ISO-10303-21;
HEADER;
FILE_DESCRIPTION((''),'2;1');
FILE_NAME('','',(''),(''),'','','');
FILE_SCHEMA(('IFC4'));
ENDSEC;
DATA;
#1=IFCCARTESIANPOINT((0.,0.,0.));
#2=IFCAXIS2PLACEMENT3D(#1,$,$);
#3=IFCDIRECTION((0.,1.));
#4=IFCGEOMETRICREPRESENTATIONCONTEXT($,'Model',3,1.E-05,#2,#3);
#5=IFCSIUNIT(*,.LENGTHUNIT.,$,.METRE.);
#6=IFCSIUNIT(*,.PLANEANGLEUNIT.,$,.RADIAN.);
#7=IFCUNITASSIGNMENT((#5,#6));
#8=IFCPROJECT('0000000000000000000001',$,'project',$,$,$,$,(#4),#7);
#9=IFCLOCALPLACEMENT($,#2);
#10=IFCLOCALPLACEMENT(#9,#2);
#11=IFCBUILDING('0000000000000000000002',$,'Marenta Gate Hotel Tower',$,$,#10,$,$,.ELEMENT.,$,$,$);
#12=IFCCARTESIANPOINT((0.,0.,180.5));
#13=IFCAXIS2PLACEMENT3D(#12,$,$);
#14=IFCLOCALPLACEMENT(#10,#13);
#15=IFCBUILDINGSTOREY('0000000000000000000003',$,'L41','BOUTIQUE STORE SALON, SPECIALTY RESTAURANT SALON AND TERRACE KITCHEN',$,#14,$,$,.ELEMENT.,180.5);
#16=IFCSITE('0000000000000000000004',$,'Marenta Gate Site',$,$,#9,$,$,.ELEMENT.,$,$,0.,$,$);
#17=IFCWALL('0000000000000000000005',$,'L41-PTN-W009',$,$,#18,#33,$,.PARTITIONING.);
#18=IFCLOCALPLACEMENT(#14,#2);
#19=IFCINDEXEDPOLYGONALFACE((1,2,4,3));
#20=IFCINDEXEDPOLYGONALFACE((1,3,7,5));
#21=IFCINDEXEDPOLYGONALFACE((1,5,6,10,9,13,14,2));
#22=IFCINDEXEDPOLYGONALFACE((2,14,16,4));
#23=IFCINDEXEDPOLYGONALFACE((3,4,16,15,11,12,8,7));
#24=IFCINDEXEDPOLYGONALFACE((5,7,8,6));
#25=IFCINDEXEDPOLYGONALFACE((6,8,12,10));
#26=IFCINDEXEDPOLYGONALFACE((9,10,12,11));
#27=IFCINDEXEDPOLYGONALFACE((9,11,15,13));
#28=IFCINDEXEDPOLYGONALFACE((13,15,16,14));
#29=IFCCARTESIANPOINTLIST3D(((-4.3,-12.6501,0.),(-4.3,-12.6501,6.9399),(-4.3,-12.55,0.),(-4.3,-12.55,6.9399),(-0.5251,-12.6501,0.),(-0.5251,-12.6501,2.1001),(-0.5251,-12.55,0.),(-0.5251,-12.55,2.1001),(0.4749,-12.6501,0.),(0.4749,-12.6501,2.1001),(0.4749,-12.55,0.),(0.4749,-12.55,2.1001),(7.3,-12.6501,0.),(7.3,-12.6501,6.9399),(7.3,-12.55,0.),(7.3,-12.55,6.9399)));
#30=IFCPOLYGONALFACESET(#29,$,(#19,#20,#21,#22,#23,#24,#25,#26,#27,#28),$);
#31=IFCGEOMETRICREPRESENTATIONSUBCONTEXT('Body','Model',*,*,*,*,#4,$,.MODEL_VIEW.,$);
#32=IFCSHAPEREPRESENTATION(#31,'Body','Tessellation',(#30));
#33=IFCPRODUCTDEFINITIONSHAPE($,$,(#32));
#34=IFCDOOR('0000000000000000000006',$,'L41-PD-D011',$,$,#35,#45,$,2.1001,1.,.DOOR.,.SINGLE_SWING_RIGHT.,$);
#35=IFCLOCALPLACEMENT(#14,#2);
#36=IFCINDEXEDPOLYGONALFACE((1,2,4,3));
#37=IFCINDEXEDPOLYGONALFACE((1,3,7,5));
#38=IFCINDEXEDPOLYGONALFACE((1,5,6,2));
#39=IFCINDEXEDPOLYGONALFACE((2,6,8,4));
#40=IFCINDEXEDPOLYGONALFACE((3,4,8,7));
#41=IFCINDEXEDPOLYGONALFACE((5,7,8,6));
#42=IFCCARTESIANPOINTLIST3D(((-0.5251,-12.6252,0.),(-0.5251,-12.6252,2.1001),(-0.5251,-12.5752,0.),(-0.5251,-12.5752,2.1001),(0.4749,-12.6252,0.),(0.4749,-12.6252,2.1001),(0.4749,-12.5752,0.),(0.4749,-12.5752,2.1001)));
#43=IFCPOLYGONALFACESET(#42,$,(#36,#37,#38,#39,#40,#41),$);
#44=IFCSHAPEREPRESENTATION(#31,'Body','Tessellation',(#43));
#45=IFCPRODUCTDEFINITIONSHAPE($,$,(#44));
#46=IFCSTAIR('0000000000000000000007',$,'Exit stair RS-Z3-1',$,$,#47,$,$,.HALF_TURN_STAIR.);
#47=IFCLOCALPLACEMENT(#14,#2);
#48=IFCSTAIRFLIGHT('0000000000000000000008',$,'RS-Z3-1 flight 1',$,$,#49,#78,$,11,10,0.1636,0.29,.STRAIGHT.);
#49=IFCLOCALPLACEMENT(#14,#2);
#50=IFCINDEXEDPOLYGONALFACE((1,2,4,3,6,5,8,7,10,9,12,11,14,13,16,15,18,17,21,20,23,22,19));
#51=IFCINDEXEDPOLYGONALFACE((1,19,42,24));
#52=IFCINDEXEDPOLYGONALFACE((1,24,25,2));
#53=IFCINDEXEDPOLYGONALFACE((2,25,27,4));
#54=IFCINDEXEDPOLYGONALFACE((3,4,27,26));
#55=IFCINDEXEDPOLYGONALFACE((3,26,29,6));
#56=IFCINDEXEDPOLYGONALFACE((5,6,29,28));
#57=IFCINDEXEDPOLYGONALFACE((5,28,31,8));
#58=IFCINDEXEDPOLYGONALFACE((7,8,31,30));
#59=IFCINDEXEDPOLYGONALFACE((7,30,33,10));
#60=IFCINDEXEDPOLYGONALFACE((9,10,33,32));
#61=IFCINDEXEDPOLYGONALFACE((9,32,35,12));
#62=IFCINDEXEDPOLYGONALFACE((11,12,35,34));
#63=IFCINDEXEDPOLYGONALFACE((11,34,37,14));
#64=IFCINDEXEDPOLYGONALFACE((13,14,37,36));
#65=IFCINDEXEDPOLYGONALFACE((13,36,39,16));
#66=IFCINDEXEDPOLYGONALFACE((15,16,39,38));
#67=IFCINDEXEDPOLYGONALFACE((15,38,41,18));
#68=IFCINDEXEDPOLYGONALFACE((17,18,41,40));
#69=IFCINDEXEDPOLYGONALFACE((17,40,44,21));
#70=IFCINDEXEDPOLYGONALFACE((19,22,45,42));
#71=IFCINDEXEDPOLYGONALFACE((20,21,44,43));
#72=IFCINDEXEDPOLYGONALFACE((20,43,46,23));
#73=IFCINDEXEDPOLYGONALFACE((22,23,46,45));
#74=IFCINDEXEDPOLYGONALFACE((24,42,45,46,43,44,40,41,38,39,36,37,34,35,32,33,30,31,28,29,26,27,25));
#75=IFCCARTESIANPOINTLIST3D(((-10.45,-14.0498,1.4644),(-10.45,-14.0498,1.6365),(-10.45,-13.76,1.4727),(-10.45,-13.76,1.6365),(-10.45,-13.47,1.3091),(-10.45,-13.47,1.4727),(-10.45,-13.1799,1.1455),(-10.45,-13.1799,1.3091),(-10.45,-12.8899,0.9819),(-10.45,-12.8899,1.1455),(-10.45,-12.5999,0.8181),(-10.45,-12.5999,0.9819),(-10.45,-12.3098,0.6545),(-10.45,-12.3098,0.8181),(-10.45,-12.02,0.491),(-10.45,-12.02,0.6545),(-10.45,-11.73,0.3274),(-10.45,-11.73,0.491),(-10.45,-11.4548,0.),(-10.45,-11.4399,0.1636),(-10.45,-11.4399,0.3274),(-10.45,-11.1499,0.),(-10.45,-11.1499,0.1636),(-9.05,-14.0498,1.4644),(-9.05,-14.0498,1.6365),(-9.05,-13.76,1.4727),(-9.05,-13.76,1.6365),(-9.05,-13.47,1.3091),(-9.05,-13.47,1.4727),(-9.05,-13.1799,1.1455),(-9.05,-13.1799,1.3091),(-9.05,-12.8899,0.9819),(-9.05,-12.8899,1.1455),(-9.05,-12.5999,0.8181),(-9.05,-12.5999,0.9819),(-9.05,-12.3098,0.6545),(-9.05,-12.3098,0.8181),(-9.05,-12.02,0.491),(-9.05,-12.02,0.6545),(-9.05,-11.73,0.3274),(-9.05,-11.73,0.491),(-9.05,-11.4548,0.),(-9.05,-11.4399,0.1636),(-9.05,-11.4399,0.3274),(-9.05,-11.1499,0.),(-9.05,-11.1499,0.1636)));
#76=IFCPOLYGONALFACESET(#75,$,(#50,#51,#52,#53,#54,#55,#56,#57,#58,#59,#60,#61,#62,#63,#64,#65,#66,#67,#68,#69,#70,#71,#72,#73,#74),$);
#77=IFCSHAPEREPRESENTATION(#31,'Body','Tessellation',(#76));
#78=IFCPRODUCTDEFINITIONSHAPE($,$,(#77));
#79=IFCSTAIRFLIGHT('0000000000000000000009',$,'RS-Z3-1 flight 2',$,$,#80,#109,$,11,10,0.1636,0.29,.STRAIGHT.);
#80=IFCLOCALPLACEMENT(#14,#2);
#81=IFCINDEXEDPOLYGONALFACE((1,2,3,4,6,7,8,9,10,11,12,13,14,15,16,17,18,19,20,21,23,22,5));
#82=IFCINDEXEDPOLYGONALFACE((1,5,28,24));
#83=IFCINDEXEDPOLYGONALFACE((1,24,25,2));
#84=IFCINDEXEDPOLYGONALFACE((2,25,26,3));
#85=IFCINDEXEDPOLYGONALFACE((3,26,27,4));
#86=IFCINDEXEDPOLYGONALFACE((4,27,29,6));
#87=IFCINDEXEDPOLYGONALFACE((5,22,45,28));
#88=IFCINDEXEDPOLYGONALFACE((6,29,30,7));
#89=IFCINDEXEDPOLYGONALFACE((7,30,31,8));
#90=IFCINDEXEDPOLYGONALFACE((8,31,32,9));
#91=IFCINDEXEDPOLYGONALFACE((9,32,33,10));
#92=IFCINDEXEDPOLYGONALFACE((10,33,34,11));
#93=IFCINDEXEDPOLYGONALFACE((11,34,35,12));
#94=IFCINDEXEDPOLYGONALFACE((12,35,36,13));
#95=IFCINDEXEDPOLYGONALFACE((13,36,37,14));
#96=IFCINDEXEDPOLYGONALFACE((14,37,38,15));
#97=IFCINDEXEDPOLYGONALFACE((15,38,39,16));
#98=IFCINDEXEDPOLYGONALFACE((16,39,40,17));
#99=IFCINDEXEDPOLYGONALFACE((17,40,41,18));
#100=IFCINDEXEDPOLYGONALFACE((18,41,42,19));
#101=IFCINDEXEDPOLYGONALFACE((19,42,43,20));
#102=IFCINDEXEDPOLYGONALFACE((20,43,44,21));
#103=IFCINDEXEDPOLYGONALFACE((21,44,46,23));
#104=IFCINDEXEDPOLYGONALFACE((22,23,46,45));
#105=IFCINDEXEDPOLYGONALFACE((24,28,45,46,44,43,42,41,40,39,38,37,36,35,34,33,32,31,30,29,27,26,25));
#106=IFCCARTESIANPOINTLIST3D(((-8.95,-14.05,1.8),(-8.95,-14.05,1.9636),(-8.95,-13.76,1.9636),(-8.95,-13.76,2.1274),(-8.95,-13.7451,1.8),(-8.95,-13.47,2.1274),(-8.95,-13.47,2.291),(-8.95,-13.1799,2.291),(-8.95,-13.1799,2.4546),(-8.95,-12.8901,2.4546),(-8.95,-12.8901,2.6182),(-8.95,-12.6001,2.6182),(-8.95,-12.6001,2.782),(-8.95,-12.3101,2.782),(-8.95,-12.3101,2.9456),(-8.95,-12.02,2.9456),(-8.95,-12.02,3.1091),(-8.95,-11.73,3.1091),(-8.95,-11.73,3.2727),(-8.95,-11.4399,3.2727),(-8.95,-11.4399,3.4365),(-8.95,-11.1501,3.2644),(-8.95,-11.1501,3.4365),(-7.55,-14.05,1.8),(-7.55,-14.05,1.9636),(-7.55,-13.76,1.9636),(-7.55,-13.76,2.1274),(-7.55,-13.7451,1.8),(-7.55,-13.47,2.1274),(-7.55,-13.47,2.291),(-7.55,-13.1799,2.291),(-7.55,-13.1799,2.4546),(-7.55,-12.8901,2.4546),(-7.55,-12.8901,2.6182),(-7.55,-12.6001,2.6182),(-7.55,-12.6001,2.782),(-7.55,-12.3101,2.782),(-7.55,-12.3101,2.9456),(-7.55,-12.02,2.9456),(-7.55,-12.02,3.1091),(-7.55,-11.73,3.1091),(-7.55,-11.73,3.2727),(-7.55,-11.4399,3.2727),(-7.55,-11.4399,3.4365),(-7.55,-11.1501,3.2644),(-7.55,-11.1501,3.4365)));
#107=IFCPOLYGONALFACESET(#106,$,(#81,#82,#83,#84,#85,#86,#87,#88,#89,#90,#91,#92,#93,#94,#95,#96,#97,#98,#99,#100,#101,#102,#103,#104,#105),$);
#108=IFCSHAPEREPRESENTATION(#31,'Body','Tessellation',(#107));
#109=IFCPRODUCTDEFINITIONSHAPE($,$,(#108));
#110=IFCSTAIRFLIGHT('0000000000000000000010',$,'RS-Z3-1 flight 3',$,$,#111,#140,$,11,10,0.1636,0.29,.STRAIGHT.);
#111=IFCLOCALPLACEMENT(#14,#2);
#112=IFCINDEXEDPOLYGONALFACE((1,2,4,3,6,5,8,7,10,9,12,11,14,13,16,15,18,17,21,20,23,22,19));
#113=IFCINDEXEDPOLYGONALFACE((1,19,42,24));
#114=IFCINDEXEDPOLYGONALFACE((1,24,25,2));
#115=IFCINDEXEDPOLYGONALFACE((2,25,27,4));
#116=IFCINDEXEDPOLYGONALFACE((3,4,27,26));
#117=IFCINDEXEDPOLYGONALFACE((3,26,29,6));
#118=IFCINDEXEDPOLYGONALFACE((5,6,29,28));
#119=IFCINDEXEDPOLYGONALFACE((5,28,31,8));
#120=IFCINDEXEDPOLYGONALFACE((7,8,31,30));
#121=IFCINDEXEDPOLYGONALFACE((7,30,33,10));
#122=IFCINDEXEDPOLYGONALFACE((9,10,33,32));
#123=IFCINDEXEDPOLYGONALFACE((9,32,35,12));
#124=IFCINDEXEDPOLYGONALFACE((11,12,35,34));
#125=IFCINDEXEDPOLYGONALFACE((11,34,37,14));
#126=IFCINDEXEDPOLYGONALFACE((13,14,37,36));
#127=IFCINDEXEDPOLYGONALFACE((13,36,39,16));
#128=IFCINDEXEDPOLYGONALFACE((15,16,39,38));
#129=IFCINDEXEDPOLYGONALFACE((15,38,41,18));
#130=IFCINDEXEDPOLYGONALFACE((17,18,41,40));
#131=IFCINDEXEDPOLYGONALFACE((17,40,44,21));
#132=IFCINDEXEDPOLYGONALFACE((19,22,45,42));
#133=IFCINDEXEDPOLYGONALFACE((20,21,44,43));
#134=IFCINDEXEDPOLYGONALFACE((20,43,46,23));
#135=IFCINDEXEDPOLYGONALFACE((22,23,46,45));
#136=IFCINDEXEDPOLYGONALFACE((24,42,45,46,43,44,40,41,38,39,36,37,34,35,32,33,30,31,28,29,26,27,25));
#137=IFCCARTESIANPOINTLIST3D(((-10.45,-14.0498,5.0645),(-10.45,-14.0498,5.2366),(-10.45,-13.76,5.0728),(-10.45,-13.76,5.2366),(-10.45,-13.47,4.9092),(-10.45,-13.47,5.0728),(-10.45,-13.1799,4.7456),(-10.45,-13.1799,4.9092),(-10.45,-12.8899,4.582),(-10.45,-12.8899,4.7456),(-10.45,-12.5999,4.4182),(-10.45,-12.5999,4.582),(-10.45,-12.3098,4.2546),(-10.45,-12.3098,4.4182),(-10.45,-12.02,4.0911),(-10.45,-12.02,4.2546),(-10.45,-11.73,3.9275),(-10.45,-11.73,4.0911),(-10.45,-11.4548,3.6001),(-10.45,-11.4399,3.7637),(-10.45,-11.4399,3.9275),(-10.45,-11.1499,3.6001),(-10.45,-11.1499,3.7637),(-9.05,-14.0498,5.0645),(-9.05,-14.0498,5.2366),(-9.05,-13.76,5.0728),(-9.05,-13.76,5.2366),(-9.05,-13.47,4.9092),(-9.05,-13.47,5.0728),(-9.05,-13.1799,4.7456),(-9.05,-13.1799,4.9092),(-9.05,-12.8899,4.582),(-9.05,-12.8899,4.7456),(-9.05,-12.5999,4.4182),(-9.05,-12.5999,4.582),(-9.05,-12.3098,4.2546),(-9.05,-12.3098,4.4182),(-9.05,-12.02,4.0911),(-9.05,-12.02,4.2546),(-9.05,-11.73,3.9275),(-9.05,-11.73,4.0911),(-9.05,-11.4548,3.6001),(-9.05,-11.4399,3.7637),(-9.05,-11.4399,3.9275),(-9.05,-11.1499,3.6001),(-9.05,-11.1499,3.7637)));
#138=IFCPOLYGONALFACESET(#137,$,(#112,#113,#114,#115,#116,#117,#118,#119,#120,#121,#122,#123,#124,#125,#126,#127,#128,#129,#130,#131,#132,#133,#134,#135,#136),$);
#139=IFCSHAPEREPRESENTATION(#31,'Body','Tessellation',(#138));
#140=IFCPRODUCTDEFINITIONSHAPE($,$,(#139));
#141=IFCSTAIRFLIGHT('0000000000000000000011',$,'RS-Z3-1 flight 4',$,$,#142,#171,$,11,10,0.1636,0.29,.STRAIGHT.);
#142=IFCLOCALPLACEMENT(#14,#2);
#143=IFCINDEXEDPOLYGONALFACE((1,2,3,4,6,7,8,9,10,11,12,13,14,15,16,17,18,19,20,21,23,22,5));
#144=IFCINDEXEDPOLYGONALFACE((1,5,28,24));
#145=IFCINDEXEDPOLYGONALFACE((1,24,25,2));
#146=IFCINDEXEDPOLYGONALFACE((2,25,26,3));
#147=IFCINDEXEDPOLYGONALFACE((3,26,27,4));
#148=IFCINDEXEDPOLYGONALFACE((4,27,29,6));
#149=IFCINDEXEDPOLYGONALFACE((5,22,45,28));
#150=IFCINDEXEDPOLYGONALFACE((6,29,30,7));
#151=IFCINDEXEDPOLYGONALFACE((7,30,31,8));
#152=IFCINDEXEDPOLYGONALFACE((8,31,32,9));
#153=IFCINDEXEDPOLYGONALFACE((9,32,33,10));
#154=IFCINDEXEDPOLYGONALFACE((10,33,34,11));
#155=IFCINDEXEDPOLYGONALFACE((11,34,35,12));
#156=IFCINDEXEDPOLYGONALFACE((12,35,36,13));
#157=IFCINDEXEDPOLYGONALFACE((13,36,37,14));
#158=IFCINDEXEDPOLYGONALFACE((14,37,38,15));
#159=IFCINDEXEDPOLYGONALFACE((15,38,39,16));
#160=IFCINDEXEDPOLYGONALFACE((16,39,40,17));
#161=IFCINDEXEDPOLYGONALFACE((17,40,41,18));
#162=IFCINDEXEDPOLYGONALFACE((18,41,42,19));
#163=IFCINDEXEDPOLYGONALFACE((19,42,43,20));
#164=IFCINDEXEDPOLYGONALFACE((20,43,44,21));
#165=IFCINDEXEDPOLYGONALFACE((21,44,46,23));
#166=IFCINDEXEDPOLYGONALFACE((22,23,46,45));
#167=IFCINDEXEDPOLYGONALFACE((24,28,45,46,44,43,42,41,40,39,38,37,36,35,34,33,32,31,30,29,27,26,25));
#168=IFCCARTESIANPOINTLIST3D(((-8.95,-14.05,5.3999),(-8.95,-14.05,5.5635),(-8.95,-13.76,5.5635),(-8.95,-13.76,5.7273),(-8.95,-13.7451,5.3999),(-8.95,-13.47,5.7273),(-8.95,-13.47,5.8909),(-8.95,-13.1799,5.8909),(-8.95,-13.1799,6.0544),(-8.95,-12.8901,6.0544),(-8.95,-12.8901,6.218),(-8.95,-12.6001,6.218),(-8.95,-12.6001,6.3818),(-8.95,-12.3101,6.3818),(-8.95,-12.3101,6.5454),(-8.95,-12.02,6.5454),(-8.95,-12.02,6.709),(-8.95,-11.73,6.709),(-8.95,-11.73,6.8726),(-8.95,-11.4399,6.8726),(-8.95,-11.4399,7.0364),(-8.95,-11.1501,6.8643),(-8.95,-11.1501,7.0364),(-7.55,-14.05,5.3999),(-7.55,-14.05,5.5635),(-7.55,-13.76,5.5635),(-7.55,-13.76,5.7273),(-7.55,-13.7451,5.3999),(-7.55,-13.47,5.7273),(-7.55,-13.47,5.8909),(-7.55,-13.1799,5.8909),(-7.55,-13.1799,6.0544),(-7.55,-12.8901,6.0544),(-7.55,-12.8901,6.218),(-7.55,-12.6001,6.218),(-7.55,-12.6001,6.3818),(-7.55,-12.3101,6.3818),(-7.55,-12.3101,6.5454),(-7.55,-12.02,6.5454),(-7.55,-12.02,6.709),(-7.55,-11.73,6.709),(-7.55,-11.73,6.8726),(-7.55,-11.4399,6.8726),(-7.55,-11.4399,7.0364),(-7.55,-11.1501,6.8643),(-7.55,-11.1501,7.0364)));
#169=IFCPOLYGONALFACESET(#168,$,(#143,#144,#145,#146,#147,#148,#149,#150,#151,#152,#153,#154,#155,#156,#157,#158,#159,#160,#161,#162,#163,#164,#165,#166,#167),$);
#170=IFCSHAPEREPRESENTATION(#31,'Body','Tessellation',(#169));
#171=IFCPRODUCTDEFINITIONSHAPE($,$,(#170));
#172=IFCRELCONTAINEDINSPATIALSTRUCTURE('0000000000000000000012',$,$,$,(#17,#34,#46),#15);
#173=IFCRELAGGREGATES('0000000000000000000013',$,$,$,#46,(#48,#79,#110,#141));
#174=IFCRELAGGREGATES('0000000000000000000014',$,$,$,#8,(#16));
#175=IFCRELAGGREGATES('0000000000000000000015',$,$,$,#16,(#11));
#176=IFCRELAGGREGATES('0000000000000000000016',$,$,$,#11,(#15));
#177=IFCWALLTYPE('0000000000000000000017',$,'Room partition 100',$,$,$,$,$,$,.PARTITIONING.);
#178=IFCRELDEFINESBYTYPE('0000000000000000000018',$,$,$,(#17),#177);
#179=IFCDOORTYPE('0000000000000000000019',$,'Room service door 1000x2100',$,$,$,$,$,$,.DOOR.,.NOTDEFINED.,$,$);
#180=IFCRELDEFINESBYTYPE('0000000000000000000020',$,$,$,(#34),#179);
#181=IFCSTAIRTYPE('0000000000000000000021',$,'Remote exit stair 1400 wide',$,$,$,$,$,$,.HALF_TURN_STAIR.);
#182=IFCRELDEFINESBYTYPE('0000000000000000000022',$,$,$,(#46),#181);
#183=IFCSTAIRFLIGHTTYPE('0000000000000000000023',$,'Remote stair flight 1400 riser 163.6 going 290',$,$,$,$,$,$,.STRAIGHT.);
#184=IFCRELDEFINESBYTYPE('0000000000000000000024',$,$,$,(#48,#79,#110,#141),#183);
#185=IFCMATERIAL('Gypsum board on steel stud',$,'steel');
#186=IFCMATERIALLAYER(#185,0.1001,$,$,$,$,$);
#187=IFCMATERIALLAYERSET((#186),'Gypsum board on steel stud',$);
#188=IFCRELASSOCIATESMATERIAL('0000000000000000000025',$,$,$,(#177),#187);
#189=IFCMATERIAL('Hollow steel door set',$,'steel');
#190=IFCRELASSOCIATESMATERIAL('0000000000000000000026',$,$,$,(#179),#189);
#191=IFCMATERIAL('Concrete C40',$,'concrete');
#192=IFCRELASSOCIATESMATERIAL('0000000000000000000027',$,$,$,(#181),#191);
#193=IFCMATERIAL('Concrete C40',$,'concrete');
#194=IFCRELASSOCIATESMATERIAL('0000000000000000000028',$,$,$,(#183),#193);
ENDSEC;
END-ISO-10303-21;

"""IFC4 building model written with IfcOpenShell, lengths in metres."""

from ifc_helpers import new_model, si_unit, direction, frame, frame_2d, origin, place, context, subcontext, project, spatial, polyline, rectangle, outline, extrude, material, layer, layer_set, type_object, element, fill, aggregate, save


model = new_model("IFC4")

# Units and contexts
model_context = context("Model", 3, precision=1e-05, world=origin(), true_north=direction((0.0, 1.0)))
body_context = subcontext(model_context, "Body", "Model", "MODEL_VIEW")
ifc_project = project(units=[si_unit("LENGTHUNIT", "METRE"), si_unit("PLANEANGLEUNIT", "RADIAN")], contexts=[model_context])

# Site, building, storey
site_placement = place(None, origin())
site = spatial("IfcSite", under=ifc_project, at=site_placement, Name="Marenta Gate Site", CompositionType="ELEMENT", RefElevation=0.0)
building_placement = place(site_placement, origin())
building = spatial("IfcBuilding", under=site, at=building_placement, Name="Marenta Gate Hotel Tower", CompositionType="ELEMENT")
storey_placement = place(building_placement, frame((0.0, 0.0, 180.5)))
storey = spatial("IfcBuildingStorey", under=building, at=storey_placement, Name="L41", Description="BOUTIQUE STORE SALON, SPECIALTY RESTAURANT SALON AND TERRACE KITCHEN", CompositionType="ELEMENT", Elevation=180.5)

# Wall, opening, door
ifc_material_1 = material(Name="Gypsum board on steel stud", Category="steel")
ifc_layer_1 = layer(ifc_material_1, 0.1001)
ifc_layer_set_1 = layer_set([ifc_layer_1], Name="Gypsum board on steel stud")
wall_type_1 = type_object("IfcWallType", Name="Room partition 100", PredefinedType="PARTITIONING", material=ifc_layer_set_1)
wall_placement = place(storey_placement, frame((-4.3, -12.6001, 0.0), z_axis=(0.0, 0.0, 1.0), x_axis=(1.0, 0.0, 0.0)))
wall = element("IfcWall", 1, at=wall_placement, inside=storey, type_object=wall_type_1, Name="L41-PTN-W009", PredefinedType="PARTITIONING", context=body_context, shape_type="SweptSolid", body=[
    extrude(rectangle(XDim=11.6001, YDim=0.1001, at=frame_2d((5.8, 0.0))), origin(), (0.0, 0.0, 1.0), 6.9399),
])
opening_placement = place(wall_placement, frame((3.7749, 0.0, 0.0)))
opening = element("IfcOpeningElement", 2, at=opening_placement, cuts=wall, PredefinedType="OPENING", context=body_context, shape_type="SweptSolid", body=[
    extrude(rectangle(XDim=1.0, YDim=2.1001, at=frame_2d((0.5, 1.05))), frame((0.0, 0.05, 0.0), z_axis=(0.0, -1.0, 0.0), x_axis=(1.0, 0.0, 0.0)), (0.0, 0.0, 1.0), 0.1001),
])
ifc_material_2 = material(Name="Hollow steel door set", Category="steel")
door_type = type_object("IfcDoorType", Name="Room service door 1000x2100", OperationType="NOTDEFINED", PredefinedType="DOOR", material=ifc_material_2)
door_placement = place(opening_placement, origin())
door = element("IfcDoor", 3, at=door_placement, inside=storey, type_object=door_type, Name="L41-PD-D011", OperationType="SINGLE_SWING_RIGHT", OverallHeight=2.1001, OverallWidth=1.0, PredefinedType="DOOR", context=body_context, shape_type="SweptSolid", body=[
    extrude(rectangle(XDim=1.0, YDim=2.1001, at=frame_2d((0.5, 1.05))), frame((0.0, 0.0249, 0.0), z_axis=(0.0, -1.0, 0.0), x_axis=(1.0, 0.0, 0.0)), (0.0, 0.0, 1.0), 0.05),
])
fill(opening, door)

# Stair, stair flights
ifc_material_3 = material(Name="Concrete C40", Category="concrete")
stair_type = type_object("IfcStairType", Name="Remote exit stair 1400 wide", PredefinedType="HALF_TURN_STAIR", material=ifc_material_3)
stair_placement = place(storey_placement, origin())
stair = element("IfcStair", 4, at=stair_placement, inside=storey, type_object=stair_type, Name="Exit stair RS-Z3-1", PredefinedType="HALF_TURN_STAIR")
ifc_material_4 = material(Name="Concrete C40", Category="concrete")
stair_flight_type = type_object("IfcStairFlightType", Name="Remote stair flight 1400 riser 163.6 going 290", PredefinedType="STRAIGHT", material=ifc_material_4)
stair_flight_1_placement = place(storey_placement, frame((-9.75, -11.1499, 0.0), z_axis=(0.0, 0.0, 1.0), x_axis=(0.0, -1.0, 0.0)))
stair_flight_1 = element("IfcStairFlight", 5, at=stair_flight_1_placement, type_object=stair_flight_type, Name="RS-Z3-1 flight 1", NumberOfRisers=11, NumberOfTreads=10, PredefinedType="STRAIGHT", RiserHeight=0.1636, TreadLength=0.29, context=body_context, shape_type="SweptSolid", body=[
    extrude(outline(polyline([(0.0, 0.0), (0.0, 0.1636), (0.29, 0.1636), (0.29, 0.3274), (0.5801, 0.3274), (0.5801, 0.491), (0.8701, 0.491), (0.8701, 0.6545), (1.1599, 0.6545), (1.1599, 0.8181), (1.45, 0.8181), (1.45, 0.9819), (1.74, 0.9819), (1.74, 1.1455), (2.03, 1.1455), (2.03, 1.3091), (2.3201, 1.3091), (2.3201, 1.4727), (2.6101, 1.4727), (2.6101, 1.6365), (2.8999, 1.6365), (2.8999, 1.8), (2.8999, 1.4644), (0.3049, 0.0), (0.0, 0.0)])), frame((0.0, 0.7, 0.0), z_axis=(0.0, -1.0, 0.0), x_axis=(1.0, 0.0, 0.0)), (0.0, 0.0, 1.0), 1.3999),
])
stair_flight_2_placement = place(storey_placement, frame((-8.25, -14.05, 1.8), z_axis=(0.0, 0.0, 1.0), x_axis=(0.0, 1.0, 0.0)))
stair_flight_2 = element("IfcStairFlight", 6, at=stair_flight_2_placement, type_object=stair_flight_type, Name="RS-Z3-1 flight 2", NumberOfRisers=11, NumberOfTreads=10, PredefinedType="STRAIGHT", RiserHeight=0.1636, TreadLength=0.29, context=body_context, shape_type="SweptSolid", body=[
    extrude(outline(polyline([(0.0, 0.0), (0.0, 0.1636), (0.29, 0.1636), (0.29, 0.3274), (0.5801, 0.3274), (0.5801, 0.491), (0.8701, 0.491), (0.8701, 0.6545), (1.1599, 0.6545), (1.1599, 0.8181), (1.45, 0.8181), (1.45, 0.9819), (1.74, 0.9819), (1.74, 1.1455), (2.03, 1.1455), (2.03, 1.3091), (2.3201, 1.3091), (2.3201, 1.4727), (2.6101, 1.4727), (2.6101, 1.6365), (2.8999, 1.6365), (2.8999, 1.8), (2.8999, 1.4644), (0.3049, 0.0), (0.0, 0.0)])), frame((0.0, 0.7, 0.0), z_axis=(0.0, -1.0, 0.0), x_axis=(1.0, 0.0, 0.0)), (0.0, 0.0, 1.0), 1.3999),
])
stair_flight_3_placement = place(storey_placement, frame((-9.75, -11.1499, 3.6001), z_axis=(0.0, 0.0, 1.0), x_axis=(0.0, -1.0, 0.0)))
stair_flight_3 = element("IfcStairFlight", 7, at=stair_flight_3_placement, type_object=stair_flight_type, Name="RS-Z3-1 flight 3", NumberOfRisers=11, NumberOfTreads=10, PredefinedType="STRAIGHT", RiserHeight=0.1636, TreadLength=0.29, context=body_context, shape_type="SweptSolid", body=[
    extrude(outline(polyline([(0.0, 0.0), (0.0, 0.1636), (0.29, 0.1636), (0.29, 0.3274), (0.5801, 0.3274), (0.5801, 0.491), (0.8701, 0.491), (0.8701, 0.6545), (1.1599, 0.6545), (1.1599, 0.8181), (1.45, 0.8181), (1.45, 0.9819), (1.74, 0.9819), (1.74, 1.1455), (2.03, 1.1455), (2.03, 1.3091), (2.3201, 1.3091), (2.3201, 1.4727), (2.6101, 1.4727), (2.6101, 1.6365), (2.8999, 1.6365), (2.8999, 1.8), (2.8999, 1.4644), (0.3049, 0.0), (0.0, 0.0)])), frame((0.0, 0.7, 0.0), z_axis=(0.0, -1.0, 0.0), x_axis=(1.0, 0.0, 0.0)), (0.0, 0.0, 1.0), 1.3999),
])
stair_flight_4_placement = place(storey_placement, frame((-8.25, -14.05, 5.3999), z_axis=(0.0, 0.0, 1.0), x_axis=(0.0, 1.0, 0.0)))
stair_flight_4 = element("IfcStairFlight", 8, at=stair_flight_4_placement, type_object=stair_flight_type, Name="RS-Z3-1 flight 4", NumberOfRisers=11, NumberOfTreads=10, PredefinedType="STRAIGHT", RiserHeight=0.1636, TreadLength=0.29, context=body_context, shape_type="SweptSolid", body=[
    extrude(outline(polyline([(0.0, 0.0), (0.0, 0.1636), (0.29, 0.1636), (0.29, 0.3274), (0.5801, 0.3274), (0.5801, 0.491), (0.8701, 0.491), (0.8701, 0.6545), (1.1599, 0.6545), (1.1599, 0.8181), (1.45, 0.8181), (1.45, 0.9819), (1.74, 0.9819), (1.74, 1.1455), (2.03, 1.1455), (2.03, 1.3091), (2.3201, 1.3091), (2.3201, 1.4727), (2.6101, 1.4727), (2.6101, 1.6365), (2.8999, 1.6365), (2.8999, 1.8), (2.8999, 1.4644), (0.3049, 0.0), (0.0, 0.0)])), frame((0.0, 0.7, 0.0), z_axis=(0.0, -1.0, 0.0), x_axis=(1.0, 0.0, 0.0)), (0.0, 0.0, 1.0), 1.3999),
])
aggregate(stair, [stair_flight_1, stair_flight_2, stair_flight_3, stair_flight_4])

save(model, "model.ifc")
